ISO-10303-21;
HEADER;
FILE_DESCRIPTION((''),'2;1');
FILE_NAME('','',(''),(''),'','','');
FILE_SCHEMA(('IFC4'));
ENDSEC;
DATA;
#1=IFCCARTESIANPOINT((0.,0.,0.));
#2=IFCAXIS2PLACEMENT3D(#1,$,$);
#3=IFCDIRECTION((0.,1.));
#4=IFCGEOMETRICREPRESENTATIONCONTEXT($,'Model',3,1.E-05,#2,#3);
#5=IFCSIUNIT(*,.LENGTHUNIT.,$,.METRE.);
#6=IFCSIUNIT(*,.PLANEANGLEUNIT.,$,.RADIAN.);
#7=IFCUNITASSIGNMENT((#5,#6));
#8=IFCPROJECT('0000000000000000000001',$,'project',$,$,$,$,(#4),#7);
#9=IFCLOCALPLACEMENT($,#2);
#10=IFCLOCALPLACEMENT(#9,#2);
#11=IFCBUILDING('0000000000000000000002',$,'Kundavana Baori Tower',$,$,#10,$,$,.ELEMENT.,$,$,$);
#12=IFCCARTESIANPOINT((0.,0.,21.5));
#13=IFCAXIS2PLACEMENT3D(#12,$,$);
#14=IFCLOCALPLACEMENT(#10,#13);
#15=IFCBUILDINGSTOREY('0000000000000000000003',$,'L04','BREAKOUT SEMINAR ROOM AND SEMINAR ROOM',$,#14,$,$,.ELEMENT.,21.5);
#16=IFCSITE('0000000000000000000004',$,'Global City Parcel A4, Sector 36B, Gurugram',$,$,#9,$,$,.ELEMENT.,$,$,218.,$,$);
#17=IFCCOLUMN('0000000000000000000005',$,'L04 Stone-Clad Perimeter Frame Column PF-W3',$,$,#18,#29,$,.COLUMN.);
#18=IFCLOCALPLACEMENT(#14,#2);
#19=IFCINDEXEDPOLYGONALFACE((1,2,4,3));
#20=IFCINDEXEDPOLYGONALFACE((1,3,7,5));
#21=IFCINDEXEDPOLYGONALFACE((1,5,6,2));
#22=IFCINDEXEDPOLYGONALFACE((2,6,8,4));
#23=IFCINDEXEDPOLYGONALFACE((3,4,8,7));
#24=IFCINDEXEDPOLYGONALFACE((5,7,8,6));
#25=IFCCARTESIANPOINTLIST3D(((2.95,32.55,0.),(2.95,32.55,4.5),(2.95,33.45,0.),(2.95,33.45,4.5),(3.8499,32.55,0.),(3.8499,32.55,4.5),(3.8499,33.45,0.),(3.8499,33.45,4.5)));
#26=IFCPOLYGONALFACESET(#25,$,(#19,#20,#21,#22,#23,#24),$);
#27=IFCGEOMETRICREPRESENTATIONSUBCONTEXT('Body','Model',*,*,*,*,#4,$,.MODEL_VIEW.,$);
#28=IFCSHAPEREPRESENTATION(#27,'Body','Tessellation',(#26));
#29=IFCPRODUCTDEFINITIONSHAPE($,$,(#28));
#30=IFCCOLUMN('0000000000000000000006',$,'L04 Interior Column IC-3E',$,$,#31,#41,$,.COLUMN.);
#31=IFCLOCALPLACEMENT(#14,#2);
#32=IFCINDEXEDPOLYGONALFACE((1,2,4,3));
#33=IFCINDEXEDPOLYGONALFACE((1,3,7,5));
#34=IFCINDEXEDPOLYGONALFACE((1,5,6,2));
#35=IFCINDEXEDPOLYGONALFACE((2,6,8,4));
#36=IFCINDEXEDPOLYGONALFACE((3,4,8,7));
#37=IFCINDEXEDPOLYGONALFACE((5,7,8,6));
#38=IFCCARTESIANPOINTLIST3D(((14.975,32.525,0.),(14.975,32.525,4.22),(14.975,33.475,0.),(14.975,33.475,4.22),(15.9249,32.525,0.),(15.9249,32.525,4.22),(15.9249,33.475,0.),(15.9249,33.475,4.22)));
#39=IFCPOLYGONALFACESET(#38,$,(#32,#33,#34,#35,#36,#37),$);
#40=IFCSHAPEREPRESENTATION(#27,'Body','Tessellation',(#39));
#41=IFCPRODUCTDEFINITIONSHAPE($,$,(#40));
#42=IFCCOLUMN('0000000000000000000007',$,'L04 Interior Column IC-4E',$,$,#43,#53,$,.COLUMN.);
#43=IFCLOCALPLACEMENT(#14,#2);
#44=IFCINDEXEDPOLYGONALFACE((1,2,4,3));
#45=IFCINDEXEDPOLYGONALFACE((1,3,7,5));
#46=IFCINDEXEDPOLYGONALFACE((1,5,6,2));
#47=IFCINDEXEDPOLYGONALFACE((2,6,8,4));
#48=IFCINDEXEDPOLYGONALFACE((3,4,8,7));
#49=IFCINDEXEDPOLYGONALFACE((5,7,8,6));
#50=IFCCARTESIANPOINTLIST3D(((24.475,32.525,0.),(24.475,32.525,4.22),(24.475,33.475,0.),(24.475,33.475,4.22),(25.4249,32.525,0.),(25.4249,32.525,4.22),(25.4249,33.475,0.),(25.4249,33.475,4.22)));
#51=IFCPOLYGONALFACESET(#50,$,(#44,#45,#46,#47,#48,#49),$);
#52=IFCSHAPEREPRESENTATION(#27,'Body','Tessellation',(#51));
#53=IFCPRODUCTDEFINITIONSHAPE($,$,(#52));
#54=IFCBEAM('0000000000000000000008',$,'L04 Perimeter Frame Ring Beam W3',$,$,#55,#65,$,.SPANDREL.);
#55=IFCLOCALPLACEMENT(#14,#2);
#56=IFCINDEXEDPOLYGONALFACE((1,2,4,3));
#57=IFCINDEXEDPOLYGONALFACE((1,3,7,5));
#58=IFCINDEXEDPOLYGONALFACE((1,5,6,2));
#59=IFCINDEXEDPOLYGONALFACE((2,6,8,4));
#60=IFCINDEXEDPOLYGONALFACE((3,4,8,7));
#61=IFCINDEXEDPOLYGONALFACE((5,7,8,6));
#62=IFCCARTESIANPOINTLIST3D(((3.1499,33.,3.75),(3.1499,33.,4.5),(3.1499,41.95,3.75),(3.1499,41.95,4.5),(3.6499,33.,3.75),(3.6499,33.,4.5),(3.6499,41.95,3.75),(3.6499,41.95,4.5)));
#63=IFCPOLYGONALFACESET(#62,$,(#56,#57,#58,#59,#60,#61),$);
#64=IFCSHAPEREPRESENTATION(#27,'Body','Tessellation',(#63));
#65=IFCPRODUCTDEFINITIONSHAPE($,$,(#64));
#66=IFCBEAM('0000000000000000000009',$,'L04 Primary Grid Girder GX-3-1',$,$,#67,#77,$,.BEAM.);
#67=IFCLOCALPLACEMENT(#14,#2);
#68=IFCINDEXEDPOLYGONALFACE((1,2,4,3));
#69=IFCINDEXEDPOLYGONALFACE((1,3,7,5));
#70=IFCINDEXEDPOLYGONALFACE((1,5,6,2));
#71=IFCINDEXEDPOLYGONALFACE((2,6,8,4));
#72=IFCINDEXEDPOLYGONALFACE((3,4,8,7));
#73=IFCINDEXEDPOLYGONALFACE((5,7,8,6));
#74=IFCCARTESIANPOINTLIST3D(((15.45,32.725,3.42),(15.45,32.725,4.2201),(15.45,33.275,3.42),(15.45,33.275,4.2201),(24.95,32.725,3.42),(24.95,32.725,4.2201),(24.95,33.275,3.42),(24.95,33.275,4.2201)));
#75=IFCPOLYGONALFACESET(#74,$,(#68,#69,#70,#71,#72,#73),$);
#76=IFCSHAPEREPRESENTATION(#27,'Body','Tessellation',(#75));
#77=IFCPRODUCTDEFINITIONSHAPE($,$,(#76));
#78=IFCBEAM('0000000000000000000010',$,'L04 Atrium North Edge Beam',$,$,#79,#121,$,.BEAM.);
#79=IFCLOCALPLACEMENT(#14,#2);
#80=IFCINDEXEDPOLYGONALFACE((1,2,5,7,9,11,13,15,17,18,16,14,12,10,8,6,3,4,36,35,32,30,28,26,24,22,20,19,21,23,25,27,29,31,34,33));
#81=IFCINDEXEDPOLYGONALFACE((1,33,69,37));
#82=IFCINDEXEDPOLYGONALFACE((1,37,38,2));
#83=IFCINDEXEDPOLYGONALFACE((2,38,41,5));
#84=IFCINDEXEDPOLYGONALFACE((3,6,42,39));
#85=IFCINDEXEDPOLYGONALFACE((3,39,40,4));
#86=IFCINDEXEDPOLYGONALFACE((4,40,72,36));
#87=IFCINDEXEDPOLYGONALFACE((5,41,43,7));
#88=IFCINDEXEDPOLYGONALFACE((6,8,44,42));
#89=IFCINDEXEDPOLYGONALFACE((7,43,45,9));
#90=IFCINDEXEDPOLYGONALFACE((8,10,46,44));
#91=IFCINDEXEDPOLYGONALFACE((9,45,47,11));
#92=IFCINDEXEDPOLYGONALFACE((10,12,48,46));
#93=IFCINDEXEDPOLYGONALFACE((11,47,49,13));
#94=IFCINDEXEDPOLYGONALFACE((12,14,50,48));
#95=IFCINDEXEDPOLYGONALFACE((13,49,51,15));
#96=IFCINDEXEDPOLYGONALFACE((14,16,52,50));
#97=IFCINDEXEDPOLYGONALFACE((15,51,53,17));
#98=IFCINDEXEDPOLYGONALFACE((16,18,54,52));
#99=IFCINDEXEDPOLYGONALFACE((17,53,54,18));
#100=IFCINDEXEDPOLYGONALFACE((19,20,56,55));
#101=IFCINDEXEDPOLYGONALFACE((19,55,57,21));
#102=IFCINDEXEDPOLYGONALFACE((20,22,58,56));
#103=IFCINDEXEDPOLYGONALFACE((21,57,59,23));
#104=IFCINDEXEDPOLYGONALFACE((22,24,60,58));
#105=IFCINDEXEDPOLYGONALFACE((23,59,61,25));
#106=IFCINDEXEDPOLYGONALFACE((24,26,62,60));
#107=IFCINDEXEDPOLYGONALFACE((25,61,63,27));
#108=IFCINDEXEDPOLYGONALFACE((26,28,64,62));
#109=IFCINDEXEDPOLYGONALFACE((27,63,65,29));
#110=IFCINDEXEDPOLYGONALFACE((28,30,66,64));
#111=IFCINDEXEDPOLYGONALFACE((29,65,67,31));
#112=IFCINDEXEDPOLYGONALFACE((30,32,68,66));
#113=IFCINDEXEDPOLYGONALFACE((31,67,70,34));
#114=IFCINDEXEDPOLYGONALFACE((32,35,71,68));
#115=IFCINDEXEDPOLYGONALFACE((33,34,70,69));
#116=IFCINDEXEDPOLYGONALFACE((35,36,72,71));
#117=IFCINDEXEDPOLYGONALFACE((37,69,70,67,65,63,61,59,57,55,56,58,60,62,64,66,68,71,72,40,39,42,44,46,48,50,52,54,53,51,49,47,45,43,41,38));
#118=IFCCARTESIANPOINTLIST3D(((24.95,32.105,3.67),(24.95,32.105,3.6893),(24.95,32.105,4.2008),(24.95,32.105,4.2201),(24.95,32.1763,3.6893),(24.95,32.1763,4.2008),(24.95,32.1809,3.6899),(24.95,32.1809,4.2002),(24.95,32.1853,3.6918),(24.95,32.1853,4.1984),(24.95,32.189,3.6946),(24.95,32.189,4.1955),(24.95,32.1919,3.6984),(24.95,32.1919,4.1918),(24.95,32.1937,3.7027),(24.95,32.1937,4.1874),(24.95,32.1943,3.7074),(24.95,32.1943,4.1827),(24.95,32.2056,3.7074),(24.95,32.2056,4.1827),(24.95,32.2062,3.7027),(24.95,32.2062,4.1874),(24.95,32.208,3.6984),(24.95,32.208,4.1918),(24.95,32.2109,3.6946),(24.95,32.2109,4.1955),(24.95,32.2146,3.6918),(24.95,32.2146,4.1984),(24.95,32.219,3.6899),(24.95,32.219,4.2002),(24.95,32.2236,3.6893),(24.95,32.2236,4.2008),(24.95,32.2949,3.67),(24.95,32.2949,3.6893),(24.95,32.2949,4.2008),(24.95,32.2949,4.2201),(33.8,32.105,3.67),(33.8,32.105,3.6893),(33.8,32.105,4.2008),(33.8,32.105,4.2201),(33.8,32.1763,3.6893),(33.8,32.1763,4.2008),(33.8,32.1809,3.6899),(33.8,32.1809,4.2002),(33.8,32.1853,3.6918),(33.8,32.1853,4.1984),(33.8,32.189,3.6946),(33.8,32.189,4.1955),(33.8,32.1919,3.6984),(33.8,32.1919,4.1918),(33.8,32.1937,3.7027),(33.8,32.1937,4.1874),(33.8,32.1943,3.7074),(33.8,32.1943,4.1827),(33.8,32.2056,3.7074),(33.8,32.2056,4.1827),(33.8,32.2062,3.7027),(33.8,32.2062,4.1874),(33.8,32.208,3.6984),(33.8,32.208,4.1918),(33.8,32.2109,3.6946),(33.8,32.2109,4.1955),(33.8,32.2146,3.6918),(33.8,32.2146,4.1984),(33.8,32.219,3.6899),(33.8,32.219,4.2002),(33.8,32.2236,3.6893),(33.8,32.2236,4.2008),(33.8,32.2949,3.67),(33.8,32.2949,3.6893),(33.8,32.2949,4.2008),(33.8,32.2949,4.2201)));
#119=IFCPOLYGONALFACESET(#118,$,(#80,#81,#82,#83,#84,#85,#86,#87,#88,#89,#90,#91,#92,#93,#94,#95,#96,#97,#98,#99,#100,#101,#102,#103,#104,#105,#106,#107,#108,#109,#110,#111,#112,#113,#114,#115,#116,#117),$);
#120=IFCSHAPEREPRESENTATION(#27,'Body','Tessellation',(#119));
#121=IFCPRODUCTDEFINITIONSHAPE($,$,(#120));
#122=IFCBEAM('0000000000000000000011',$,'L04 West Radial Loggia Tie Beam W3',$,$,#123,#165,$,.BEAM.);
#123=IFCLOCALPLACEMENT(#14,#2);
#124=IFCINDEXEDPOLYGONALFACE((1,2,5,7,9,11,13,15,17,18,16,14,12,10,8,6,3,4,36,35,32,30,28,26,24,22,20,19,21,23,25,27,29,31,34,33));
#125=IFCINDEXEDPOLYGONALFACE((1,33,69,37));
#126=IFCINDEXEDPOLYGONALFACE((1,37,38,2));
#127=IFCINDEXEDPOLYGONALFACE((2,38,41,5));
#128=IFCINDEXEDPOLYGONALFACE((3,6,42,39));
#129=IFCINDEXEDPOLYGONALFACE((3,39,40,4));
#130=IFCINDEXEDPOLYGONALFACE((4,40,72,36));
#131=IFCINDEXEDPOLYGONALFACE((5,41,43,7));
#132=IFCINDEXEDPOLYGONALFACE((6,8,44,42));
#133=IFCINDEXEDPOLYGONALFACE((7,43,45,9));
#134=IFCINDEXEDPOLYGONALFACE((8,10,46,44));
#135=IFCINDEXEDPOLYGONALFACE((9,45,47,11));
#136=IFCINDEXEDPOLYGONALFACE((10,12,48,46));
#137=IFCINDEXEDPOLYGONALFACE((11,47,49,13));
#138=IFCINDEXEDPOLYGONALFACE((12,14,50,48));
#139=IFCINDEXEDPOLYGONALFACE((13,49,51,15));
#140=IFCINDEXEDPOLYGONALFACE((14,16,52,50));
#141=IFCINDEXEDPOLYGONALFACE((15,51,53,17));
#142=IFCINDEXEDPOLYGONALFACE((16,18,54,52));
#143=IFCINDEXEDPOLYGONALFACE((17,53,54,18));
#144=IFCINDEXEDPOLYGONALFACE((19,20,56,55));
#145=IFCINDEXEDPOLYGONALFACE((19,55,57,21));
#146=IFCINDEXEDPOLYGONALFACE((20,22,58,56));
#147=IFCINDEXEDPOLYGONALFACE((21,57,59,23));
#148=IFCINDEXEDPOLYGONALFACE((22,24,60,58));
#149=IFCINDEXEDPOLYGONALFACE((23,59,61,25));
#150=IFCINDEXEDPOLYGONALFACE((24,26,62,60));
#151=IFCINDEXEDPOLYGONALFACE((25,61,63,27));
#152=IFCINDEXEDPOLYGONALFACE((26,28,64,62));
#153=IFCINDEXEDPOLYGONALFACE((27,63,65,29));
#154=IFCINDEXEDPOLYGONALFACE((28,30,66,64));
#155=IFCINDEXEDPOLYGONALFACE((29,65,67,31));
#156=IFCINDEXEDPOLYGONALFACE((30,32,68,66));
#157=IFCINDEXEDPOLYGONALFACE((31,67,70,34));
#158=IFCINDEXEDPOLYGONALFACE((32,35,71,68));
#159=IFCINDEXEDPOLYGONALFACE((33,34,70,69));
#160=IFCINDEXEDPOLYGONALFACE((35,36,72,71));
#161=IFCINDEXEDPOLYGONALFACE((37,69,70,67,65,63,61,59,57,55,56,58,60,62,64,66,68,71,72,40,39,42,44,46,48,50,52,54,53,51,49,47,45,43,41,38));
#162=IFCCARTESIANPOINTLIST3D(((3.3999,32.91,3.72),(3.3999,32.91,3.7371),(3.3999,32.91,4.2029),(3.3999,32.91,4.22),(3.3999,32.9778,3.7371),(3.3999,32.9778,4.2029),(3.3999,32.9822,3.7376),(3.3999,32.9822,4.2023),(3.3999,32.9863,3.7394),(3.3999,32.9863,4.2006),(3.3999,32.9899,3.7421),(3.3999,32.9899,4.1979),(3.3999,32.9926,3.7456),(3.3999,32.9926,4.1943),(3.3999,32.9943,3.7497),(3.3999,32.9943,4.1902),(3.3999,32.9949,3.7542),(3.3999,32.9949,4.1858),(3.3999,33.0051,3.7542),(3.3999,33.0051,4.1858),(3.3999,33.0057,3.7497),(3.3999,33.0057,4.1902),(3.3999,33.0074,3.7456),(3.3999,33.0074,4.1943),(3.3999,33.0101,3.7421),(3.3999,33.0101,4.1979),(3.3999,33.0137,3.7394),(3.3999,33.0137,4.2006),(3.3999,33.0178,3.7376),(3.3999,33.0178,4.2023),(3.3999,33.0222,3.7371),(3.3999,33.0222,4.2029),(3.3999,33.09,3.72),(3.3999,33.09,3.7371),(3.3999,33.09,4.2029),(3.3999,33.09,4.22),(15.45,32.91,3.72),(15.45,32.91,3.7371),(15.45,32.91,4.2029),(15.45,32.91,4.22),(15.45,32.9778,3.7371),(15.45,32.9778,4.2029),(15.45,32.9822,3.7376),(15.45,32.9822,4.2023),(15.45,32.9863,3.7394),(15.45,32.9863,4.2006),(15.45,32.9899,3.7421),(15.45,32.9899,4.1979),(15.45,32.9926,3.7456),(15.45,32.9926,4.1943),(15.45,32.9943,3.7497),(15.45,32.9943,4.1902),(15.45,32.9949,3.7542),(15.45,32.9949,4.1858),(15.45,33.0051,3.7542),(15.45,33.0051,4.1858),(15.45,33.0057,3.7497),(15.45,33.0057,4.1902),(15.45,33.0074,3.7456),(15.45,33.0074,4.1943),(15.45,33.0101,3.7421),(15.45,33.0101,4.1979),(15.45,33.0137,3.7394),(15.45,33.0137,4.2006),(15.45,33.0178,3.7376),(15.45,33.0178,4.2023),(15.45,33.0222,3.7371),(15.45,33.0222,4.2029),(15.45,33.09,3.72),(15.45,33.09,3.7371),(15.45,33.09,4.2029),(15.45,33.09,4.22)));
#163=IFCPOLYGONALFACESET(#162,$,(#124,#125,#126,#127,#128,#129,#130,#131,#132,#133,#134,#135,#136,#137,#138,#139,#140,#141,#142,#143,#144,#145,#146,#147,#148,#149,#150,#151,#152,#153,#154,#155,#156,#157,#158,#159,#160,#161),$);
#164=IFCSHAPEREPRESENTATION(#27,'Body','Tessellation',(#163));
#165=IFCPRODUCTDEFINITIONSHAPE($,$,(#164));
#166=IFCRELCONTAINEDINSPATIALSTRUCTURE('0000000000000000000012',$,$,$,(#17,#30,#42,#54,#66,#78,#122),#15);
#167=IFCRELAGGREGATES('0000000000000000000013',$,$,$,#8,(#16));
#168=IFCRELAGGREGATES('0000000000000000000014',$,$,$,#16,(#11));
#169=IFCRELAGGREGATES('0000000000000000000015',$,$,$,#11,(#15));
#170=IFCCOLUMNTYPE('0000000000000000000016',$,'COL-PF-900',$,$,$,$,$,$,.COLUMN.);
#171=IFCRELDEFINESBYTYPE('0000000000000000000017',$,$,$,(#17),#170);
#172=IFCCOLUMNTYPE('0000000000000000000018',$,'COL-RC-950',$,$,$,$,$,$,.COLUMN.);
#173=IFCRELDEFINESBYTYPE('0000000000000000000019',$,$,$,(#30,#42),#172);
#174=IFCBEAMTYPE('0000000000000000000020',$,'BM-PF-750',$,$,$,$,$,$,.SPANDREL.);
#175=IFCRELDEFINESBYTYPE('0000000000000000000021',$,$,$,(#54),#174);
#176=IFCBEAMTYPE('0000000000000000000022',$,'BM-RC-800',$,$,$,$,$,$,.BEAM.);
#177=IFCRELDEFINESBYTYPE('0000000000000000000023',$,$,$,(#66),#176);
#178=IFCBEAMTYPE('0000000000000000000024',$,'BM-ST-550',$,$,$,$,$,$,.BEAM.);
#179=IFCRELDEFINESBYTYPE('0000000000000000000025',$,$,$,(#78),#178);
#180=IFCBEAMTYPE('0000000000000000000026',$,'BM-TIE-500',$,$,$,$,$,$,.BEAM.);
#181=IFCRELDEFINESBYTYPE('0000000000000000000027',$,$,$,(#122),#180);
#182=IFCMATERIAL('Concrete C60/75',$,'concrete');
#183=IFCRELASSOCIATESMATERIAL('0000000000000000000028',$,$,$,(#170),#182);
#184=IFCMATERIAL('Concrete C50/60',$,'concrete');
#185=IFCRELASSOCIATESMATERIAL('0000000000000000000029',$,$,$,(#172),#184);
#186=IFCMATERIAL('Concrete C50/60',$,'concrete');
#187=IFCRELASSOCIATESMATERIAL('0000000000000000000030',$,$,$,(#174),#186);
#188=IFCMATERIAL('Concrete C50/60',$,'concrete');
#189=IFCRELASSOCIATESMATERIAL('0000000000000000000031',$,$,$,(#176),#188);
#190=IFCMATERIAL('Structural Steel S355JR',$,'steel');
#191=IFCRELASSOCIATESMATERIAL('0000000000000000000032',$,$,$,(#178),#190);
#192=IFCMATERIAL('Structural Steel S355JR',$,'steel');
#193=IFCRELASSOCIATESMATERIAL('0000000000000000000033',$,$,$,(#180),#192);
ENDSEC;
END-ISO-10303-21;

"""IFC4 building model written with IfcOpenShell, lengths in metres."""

from ifc_helpers import new_model, si_unit, direction, frame, origin, origin_2d, place, context, subcontext, project, spatial, rectangle, i_section, extrude, material, material_profile, profile_set, type_object, element, save


model = new_model("IFC4")

# Units and contexts
model_context = context("Model", 3, precision=1e-05, world=origin(), true_north=direction((0.0, 1.0)))
body_context = subcontext(model_context, "Body", "Model", "MODEL_VIEW")
ifc_project = project(units=[si_unit("LENGTHUNIT", "METRE"), si_unit("PLANEANGLEUNIT", "RADIAN")], contexts=[model_context])

# Site, building, storey
site_placement = place(None, origin())
site = spatial("IfcSite", under=ifc_project, at=site_placement, Name="Global City Parcel A4, Sector 36B, Gurugram", CompositionType="ELEMENT", RefElevation=218.0)
building_placement = place(site_placement, origin())
building = spatial("IfcBuilding", under=site, at=building_placement, Name="Kundavana Baori Tower", CompositionType="ELEMENT")
storey_placement = place(building_placement, frame((0.0, 0.0, 21.5)))
storey = spatial("IfcBuildingStorey", under=building, at=storey_placement, Name="L04", Description="BREAKOUT SEMINAR ROOM AND SEMINAR ROOM", CompositionType="ELEMENT", Elevation=21.5)

# Columns
ifc_material_1 = material(Name="Concrete C60/75", Category="concrete")
ifc_material_profile_1 = material_profile(ifc_material_1, rectangle(XDim=0.8999, YDim=0.8999, at=origin_2d()), Name="RC PF 900x900")
ifc_profile_set_1 = profile_set([ifc_material_profile_1], Name="Concrete C60/75")
column_type_1 = type_object("IfcColumnType", Name="COL-PF-900", PredefinedType="COLUMN", material=ifc_profile_set_1)
column_placement = place(storey_placement, frame((3.3999, 33.0, 0.0), z_axis=(0.0, 0.0, 1.0), x_axis=(1.0, 0.0, 0.0)))
element("IfcColumn", 1, at=column_placement, inside=storey, type_object=column_type_1, Name="L04 Stone-Clad Perimeter Frame Column PF-W3", PredefinedType="COLUMN", context=body_context, shape_type="SweptSolid", body=[
    extrude(rectangle(XDim=0.8999, YDim=0.8999, at=origin_2d()), origin(), (0.0, 0.0, 1.0), 4.5),
])
ifc_material_2 = material(Name="Concrete C50/60", Category="concrete")
ifc_material_profile_2 = material_profile(ifc_material_2, rectangle(XDim=0.95, YDim=0.95, at=origin_2d()), Name="RC 950x950")
ifc_profile_set_2 = profile_set([ifc_material_profile_2], Name="Concrete C50/60")
column_type_2 = type_object("IfcColumnType", Name="COL-RC-950", PredefinedType="COLUMN", material=ifc_profile_set_2)
for number, where, z_axis, x_axis, name in (
    (2, (15.45, 33.0, 0.0), (0.0, 0.0, 1.0), (1.0, 0.0, 0.0), "L04 Interior Column IC-3E"),
    (3, (24.95, 33.0, 0.0), (0.0, 0.0, 1.0), (1.0, 0.0, 0.0), "L04 Interior Column IC-4E"),
):
    element("IfcColumn", number, at=place(storey_placement, frame(where, z_axis=z_axis, x_axis=x_axis)), inside=storey, type_object=column_type_2, Name=name, PredefinedType="COLUMN", context=body_context, shape_type="SweptSolid", body=[
        extrude(rectangle(XDim=0.95, YDim=0.95, at=origin_2d()), origin(), (0.0, 0.0, 1.0), 4.22),
    ])

# Beams
ifc_material_3 = material(Name="Concrete C50/60", Category="concrete")
ifc_material_profile_3 = material_profile(ifc_material_3, rectangle(XDim=0.5, YDim=0.75, at=origin_2d()), Name="RC BM 500x750")
ifc_profile_set_3 = profile_set([ifc_material_profile_3], Name="Concrete C50/60")
beam_type_1 = type_object("IfcBeamType", Name="BM-PF-750", PredefinedType="SPANDREL", material=ifc_profile_set_3)
beam_1_placement = place(storey_placement, frame((3.3999, 33.0, 4.125), z_axis=(0.0, 1.0, 0.0), x_axis=(-1.0, 0.0, 0.0)))
element("IfcBeam", 4, at=beam_1_placement, inside=storey, type_object=beam_type_1, Name="L04 Perimeter Frame Ring Beam W3", PredefinedType="SPANDREL", context=body_context, shape_type="SweptSolid", body=[
    extrude(rectangle(XDim=0.5, YDim=0.75, at=origin_2d()), origin(), (0.0, 0.0, 1.0), 8.95),
])
ifc_material_4 = material(Name="Concrete C50/60", Category="concrete")
ifc_material_profile_4 = material_profile(ifc_material_4, rectangle(XDim=0.55, YDim=0.8, at=origin_2d()), Name="RC BM 550x800")
ifc_profile_set_4 = profile_set([ifc_material_profile_4], Name="Concrete C50/60")
beam_type_2 = type_object("IfcBeamType", Name="BM-RC-800", PredefinedType="BEAM", material=ifc_profile_set_4)
beam_2_placement = place(storey_placement, frame((15.45, 33.0, 3.8201), z_axis=(1.0, 0.0, 0.0), x_axis=(0.0, 1.0, 0.0)))
element("IfcBeam", 5, at=beam_2_placement, inside=storey, type_object=beam_type_2, Name="L04 Primary Grid Girder GX-3-1", PredefinedType="BEAM", context=body_context, shape_type="SweptSolid", body=[
    extrude(rectangle(XDim=0.55, YDim=0.8, at=origin_2d()), origin(), (0.0, 0.0, 1.0), 9.5),
])
ifc_material_5 = material(Name="Structural Steel S355JR", Category="steel")
ifc_material_profile_5 = material_profile(ifc_material_5, i_section(OverallWidth=0.1899, OverallDepth=0.55, WebThickness=0.0112, FlangeThickness=0.0193, FilletRadius=0.0181, at=origin_2d()), Name="ISMB 550")
ifc_profile_set_5 = profile_set([ifc_material_profile_5], Name="Structural Steel S355JR")
beam_type_3 = type_object("IfcBeamType", Name="BM-ST-550", PredefinedType="BEAM", material=ifc_profile_set_5)
beam_3_placement = place(storey_placement, frame((24.95, 32.2, 3.9451), z_axis=(1.0, 0.0, 0.0), x_axis=(0.0, 1.0, 0.0)))
element("IfcBeam", 6, at=beam_3_placement, inside=storey, type_object=beam_type_3, Name="L04 Atrium North Edge Beam", PredefinedType="BEAM", context=body_context, shape_type="SweptSolid", body=[
    extrude(i_section(OverallWidth=0.1899, OverallDepth=0.55, WebThickness=0.0112, FlangeThickness=0.0193, FilletRadius=0.0181, at=origin_2d()), origin(), (0.0, 0.0, 1.0), 8.8501),
])
ifc_material_6 = material(Name="Structural Steel S355JR", Category="steel")
ifc_material_profile_6 = material_profile(ifc_material_6, i_section(OverallWidth=0.1799, OverallDepth=0.5, WebThickness=0.0103, FlangeThickness=0.0171, FilletRadius=0.0171, at=origin_2d()), Name="ISMB 500")
ifc_profile_set_6 = profile_set([ifc_material_profile_6], Name="Structural Steel S355JR")
beam_type_4 = type_object("IfcBeamType", Name="BM-TIE-500", PredefinedType="BEAM", material=ifc_profile_set_6)
beam_4_placement = place(storey_placement, frame((15.45, 33.0, 3.97), z_axis=(-1.0, 0.0, 0.0), x_axis=(0.0, -1.0, 0.0)))
element("IfcBeam", 7, at=beam_4_placement, inside=storey, type_object=beam_type_4, Name="L04 West Radial Loggia Tie Beam W3", PredefinedType="BEAM", context=body_context, shape_type="SweptSolid", body=[
    extrude(i_section(OverallWidth=0.1799, OverallDepth=0.5, WebThickness=0.0103, FlangeThickness=0.0171, FilletRadius=0.0171, at=origin_2d()), origin(), (0.0, 0.0, 1.0), 12.05),
])

save(model, "model.ifc")
